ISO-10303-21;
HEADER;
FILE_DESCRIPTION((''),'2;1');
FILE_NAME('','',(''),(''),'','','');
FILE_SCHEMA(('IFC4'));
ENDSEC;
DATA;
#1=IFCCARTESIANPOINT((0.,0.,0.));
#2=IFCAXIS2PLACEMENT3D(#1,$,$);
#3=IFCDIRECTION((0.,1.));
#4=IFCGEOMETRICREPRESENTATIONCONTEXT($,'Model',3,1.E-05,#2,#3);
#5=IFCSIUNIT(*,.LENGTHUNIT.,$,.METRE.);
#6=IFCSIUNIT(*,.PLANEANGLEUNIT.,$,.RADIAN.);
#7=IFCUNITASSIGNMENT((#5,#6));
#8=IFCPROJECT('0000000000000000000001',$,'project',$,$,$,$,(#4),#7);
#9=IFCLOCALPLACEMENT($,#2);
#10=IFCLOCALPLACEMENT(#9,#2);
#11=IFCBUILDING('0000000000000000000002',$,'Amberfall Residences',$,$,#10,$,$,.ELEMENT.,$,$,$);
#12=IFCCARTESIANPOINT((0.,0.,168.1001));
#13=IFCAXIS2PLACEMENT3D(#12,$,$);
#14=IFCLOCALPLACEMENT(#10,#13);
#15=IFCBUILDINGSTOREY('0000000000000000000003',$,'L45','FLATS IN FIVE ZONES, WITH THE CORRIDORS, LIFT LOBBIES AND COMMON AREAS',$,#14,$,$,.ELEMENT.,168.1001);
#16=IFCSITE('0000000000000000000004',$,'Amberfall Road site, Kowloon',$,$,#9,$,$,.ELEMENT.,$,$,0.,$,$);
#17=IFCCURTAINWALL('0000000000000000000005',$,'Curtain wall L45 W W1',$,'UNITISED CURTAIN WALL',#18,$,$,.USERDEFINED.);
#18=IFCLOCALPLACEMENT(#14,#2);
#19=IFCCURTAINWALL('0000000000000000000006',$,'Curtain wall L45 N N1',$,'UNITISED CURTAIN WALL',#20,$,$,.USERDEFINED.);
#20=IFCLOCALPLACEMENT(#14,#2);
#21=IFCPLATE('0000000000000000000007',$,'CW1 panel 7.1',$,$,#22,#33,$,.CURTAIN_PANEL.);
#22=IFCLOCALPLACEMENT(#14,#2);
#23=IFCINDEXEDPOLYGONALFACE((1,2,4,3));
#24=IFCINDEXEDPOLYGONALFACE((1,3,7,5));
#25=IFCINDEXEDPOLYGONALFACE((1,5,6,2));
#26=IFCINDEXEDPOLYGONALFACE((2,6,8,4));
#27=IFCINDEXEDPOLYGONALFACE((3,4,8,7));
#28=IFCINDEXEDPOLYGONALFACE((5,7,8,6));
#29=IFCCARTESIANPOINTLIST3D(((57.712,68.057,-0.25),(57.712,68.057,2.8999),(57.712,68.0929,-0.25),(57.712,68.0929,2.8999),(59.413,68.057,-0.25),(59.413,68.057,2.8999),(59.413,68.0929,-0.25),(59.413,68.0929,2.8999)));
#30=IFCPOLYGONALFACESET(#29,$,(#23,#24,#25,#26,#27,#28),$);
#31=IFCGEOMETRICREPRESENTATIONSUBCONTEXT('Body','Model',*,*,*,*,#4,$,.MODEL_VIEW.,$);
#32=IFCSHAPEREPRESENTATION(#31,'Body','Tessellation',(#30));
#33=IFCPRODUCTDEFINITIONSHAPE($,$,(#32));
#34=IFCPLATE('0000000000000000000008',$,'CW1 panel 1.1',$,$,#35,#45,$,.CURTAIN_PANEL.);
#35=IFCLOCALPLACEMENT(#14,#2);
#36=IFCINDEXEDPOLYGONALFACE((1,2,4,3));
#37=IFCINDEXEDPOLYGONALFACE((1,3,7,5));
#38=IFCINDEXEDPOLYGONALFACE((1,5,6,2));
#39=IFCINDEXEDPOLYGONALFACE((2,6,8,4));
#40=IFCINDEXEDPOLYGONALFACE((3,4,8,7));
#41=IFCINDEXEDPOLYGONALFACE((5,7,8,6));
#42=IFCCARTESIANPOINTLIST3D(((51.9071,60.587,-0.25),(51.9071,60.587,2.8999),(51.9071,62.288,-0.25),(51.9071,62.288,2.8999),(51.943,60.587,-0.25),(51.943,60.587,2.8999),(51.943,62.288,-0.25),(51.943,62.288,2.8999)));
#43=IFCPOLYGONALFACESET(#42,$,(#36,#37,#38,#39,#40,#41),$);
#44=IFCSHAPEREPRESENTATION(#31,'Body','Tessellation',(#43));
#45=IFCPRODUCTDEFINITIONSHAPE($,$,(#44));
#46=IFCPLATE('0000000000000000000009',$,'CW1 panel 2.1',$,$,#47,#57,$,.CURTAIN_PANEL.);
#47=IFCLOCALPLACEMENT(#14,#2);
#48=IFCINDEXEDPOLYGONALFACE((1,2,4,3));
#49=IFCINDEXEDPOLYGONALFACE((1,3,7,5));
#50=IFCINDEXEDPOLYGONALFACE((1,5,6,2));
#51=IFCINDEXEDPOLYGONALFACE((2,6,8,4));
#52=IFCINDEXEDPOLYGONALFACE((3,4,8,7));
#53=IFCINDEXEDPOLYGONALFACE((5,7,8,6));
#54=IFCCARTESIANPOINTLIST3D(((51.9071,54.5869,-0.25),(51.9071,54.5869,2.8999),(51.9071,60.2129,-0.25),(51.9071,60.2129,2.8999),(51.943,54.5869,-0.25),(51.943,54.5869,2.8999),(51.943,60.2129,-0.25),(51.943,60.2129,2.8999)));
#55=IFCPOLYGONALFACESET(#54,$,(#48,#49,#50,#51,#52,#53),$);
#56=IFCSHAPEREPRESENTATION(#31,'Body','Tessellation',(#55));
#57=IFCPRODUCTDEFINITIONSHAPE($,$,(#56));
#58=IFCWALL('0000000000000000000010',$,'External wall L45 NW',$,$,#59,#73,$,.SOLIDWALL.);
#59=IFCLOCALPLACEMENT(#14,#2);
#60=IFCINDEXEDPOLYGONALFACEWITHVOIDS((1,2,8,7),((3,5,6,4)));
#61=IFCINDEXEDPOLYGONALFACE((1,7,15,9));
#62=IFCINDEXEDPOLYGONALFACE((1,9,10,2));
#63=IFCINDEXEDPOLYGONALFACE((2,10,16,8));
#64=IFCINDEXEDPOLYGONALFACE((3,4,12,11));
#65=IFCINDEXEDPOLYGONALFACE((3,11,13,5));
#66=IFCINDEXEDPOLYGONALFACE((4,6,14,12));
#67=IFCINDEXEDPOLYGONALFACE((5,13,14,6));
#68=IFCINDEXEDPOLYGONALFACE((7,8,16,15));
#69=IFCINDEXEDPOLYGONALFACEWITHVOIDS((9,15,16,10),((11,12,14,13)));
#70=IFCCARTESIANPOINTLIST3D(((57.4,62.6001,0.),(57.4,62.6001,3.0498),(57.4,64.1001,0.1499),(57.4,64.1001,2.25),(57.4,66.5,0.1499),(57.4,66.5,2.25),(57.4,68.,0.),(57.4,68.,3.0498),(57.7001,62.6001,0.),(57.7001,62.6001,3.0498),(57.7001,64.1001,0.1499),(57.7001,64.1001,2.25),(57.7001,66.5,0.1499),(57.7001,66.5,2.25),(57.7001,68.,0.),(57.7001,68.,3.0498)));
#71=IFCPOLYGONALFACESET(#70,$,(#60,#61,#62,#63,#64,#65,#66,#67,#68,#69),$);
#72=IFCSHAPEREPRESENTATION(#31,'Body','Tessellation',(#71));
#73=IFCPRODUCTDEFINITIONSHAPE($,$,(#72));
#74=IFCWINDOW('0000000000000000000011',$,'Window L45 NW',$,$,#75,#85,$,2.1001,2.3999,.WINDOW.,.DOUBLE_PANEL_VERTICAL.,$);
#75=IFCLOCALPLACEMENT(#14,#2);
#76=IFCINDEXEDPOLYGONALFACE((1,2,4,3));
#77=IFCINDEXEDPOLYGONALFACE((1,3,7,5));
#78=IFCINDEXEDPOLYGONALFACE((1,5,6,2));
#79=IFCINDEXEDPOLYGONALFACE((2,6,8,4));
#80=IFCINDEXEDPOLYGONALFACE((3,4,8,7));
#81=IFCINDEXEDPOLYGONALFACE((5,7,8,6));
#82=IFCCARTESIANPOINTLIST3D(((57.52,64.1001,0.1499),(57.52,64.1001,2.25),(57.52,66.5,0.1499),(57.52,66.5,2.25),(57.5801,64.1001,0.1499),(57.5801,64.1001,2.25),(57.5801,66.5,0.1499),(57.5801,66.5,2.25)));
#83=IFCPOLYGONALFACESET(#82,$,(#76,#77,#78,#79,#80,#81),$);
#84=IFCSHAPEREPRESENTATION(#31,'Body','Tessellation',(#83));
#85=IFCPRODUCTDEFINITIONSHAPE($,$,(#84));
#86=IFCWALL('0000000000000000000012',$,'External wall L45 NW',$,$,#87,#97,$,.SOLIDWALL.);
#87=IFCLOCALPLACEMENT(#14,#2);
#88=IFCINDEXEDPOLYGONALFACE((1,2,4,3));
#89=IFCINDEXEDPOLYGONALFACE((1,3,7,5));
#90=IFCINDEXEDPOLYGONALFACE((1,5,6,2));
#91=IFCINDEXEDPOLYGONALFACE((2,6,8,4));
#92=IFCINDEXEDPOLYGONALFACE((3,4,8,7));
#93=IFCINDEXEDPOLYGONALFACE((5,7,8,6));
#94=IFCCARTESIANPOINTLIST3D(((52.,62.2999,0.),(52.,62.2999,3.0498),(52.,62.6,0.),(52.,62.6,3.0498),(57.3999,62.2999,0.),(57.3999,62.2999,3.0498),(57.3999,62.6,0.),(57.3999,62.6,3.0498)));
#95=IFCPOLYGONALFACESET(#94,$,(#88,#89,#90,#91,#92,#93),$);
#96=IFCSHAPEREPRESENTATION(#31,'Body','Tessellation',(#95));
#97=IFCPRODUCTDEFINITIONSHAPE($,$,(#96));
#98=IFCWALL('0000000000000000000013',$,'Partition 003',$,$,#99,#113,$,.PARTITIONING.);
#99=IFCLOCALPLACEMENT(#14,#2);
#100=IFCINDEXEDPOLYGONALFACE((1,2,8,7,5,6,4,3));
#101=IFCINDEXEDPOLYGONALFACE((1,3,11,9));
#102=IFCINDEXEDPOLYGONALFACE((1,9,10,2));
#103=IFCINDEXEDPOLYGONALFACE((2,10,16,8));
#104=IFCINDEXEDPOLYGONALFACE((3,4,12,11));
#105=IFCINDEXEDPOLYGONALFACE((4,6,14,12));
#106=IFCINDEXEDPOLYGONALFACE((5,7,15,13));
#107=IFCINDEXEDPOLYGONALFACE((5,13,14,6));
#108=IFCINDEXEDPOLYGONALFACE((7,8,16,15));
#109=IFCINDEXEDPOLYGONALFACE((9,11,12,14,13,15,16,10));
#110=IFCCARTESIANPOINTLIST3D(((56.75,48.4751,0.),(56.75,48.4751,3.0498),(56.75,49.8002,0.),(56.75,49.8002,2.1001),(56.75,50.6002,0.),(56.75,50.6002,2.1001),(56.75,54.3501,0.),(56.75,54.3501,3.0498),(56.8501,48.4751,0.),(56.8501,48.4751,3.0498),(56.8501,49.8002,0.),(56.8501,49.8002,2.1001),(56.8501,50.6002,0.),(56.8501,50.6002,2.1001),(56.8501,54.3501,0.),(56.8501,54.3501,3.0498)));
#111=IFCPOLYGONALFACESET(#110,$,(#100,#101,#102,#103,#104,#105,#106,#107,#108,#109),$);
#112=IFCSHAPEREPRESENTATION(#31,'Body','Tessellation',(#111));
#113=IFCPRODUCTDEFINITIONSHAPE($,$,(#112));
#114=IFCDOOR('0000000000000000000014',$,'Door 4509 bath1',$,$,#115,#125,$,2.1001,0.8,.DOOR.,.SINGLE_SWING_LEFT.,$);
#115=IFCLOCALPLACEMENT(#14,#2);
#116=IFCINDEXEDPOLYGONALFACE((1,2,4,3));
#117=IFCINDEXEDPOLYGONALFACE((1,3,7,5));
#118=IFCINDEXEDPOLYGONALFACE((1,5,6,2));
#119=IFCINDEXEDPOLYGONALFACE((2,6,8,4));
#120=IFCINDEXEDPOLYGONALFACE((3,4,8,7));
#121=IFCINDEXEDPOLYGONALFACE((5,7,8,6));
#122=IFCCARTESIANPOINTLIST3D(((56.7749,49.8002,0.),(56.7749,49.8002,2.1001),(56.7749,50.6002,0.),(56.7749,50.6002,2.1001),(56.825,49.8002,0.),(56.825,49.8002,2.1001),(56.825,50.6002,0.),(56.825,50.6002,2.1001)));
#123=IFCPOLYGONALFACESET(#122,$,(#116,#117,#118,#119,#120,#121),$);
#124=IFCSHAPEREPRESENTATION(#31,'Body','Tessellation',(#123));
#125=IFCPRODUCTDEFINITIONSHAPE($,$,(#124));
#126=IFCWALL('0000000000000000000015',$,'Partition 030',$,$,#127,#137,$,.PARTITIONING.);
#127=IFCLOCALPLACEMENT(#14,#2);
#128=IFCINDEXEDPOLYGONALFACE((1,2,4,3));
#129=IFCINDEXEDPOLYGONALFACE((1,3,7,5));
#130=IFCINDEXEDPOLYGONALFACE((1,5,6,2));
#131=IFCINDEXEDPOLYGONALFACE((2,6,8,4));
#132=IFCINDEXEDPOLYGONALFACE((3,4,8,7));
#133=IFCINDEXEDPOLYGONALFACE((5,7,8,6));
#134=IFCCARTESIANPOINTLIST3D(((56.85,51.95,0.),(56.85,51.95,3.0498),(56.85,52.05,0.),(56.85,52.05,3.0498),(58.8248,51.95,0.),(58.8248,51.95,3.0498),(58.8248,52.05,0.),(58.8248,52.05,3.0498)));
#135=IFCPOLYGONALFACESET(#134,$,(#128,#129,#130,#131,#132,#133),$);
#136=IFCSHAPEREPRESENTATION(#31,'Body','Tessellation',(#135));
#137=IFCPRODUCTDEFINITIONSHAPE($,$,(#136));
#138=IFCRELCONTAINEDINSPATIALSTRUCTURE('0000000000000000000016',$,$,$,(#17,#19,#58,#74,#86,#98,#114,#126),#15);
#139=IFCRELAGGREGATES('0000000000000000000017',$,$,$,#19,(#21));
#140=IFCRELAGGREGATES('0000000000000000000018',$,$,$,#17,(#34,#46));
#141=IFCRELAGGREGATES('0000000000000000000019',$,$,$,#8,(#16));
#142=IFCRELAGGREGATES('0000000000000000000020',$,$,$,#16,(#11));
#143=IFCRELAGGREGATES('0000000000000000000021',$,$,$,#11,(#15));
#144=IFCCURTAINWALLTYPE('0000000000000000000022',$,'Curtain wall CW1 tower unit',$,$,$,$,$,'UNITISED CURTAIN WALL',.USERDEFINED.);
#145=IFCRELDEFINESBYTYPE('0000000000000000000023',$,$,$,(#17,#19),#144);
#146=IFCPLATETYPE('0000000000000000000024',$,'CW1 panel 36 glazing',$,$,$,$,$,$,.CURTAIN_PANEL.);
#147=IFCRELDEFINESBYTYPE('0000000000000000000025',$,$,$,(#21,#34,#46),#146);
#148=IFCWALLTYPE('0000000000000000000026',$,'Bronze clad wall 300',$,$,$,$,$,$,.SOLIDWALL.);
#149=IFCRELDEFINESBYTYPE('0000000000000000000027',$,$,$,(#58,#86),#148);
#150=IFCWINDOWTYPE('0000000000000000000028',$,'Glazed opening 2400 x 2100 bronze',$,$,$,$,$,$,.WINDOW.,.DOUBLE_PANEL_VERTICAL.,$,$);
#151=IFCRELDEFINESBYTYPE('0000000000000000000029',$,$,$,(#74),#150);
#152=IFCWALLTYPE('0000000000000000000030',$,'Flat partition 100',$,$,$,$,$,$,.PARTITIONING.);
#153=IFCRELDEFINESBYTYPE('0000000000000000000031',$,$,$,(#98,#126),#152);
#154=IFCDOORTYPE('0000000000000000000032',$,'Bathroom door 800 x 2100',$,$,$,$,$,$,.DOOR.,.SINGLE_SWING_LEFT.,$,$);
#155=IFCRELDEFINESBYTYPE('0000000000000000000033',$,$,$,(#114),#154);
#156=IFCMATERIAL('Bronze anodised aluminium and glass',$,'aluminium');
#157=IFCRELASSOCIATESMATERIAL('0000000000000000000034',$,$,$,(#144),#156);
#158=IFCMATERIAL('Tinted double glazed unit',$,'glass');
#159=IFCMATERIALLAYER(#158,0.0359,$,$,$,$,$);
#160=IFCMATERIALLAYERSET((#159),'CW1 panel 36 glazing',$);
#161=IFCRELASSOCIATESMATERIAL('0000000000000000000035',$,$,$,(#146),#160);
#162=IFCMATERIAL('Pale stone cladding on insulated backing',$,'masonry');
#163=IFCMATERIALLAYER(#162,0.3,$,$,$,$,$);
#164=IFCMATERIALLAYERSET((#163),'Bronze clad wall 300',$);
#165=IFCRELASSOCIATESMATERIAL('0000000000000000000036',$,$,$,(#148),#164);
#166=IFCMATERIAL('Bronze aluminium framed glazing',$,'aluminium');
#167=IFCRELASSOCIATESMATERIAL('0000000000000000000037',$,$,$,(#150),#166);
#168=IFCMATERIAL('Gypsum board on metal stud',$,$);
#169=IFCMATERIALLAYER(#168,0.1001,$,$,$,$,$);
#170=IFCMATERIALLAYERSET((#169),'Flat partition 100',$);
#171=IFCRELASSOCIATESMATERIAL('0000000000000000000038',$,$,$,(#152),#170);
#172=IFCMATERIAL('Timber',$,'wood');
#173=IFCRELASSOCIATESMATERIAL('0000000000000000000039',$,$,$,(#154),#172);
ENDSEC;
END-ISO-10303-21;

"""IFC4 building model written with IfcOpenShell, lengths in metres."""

from ifc_helpers import new_model, si_unit, direction, frame, frame_2d, origin, origin_2d, place, context, subcontext, project, spatial, rectangle, extrude, material, layer, layer_set, type_object, element, fill, aggregate, save


model = new_model("IFC4")

# Units and contexts
model_context = context("Model", 3, precision=1e-05, world=origin(), true_north=direction((0.0, 1.0)))
body_context = subcontext(model_context, "Body", "Model", "MODEL_VIEW")
ifc_project = project(units=[si_unit("LENGTHUNIT", "METRE"), si_unit("PLANEANGLEUNIT", "RADIAN")], contexts=[model_context])

# Site, building, storey
site_placement = place(None, origin())
site = spatial("IfcSite", under=ifc_project, at=site_placement, Name="Amberfall Road site, Kowloon", CompositionType="ELEMENT", RefElevation=0.0)
building_placement = place(site_placement, origin())
building = spatial("IfcBuilding", under=site, at=building_placement, Name="Amberfall Residences", CompositionType="ELEMENT")
storey_placement = place(building_placement, frame((0.0, 0.0, 168.1001)))
storey = spatial("IfcBuildingStorey", under=building, at=storey_placement, Name="L45", Description="FLATS IN FIVE ZONES, WITH THE CORRIDORS, LIFT LOBBIES AND COMMON AREAS", CompositionType="ELEMENT", Elevation=168.1001)

# Curtain wall
ifc_material_1 = material(Name="Bronze anodised aluminium and glass", Category="aluminium")
curtain_wall_type = type_object("IfcCurtainWallType", Name="Curtain wall CW1 tower unit", ElementType="UNITISED CURTAIN WALL", PredefinedType="USERDEFINED", material=ifc_material_1)
curtain_wall_1_placement = place(storey_placement, origin())
curtain_wall_1 = element("IfcCurtainWall", 1, at=curtain_wall_1_placement, inside=storey, type_object=curtain_wall_type, Name="Curtain wall L45 W W1", ObjectType="UNITISED CURTAIN WALL", PredefinedType="USERDEFINED")

# Curtain wall
curtain_wall_2_placement = place(storey_placement, origin())
curtain_wall_2 = element("IfcCurtainWall", 2, at=curtain_wall_2_placement, inside=storey, type_object=curtain_wall_type, Name="Curtain wall L45 N N1", ObjectType="UNITISED CURTAIN WALL", PredefinedType="USERDEFINED")

# Plates
ifc_material_2 = material(Name="Tinted double glazed unit", Category="glass")
ifc_layer_1 = layer(ifc_material_2, 0.0359)
ifc_layer_set_1 = layer_set([ifc_layer_1], Name="CW1 panel 36 glazing")
plate_type = type_object("IfcPlateType", Name="CW1 panel 36 glazing", PredefinedType="CURTAIN_PANEL", material=ifc_layer_set_1)
plate_1_placement = place(storey_placement, frame((58.5625, 68.075, -0.25), z_axis=(0.0, 0.0, 1.0), x_axis=(-1.0, 0.0, 0.0)))
plate_1 = element("IfcPlate", 3, at=plate_1_placement, type_object=plate_type, Name="CW1 panel 7.1", PredefinedType="CURTAIN_PANEL", context=body_context, shape_type="SweptSolid", body=[
    extrude(rectangle(XDim=1.7009, YDim=0.0359, at=origin_2d()), origin(), (0.0, 0.0, 1.0), 3.1499),
])
aggregate(curtain_wall_2, [plate_1])
plate_2_placement = place(storey_placement, frame((51.925, 61.4375, -0.25), z_axis=(0.0, 0.0, 1.0), x_axis=(0.0, -1.0, 0.0)))
plate_2 = element("IfcPlate", 4, at=plate_2_placement, type_object=plate_type, Name="CW1 panel 1.1", PredefinedType="CURTAIN_PANEL", context=body_context, shape_type="SweptSolid", body=[
    extrude(rectangle(XDim=1.7009, YDim=0.0359, at=origin_2d()), origin(), (0.0, 0.0, 1.0), 3.1499),
])
plate_3_placement = place(storey_placement, frame((51.925, 57.3999, -0.25), z_axis=(0.0, 0.0, 1.0), x_axis=(0.0, -1.0, 0.0)))
plate_3 = element("IfcPlate", 5, at=plate_3_placement, type_object=plate_type, Name="CW1 panel 2.1", PredefinedType="CURTAIN_PANEL", context=body_context, shape_type="SweptSolid", body=[
    extrude(rectangle(XDim=5.626, YDim=0.0359, at=origin_2d()), origin(), (0.0, 0.0, 1.0), 3.1499),
])
aggregate(curtain_wall_1, [plate_2, plate_3])

# Wall, opening, window
ifc_material_3 = material(Name="Pale stone cladding on insulated backing", Category="masonry")
ifc_layer_2 = layer(ifc_material_3, 0.3)
ifc_layer_set_2 = layer_set([ifc_layer_2], Name="Bronze clad wall 300")
wall_type_1 = type_object("IfcWallType", Name="Bronze clad wall 300", PredefinedType="SOLIDWALL", material=ifc_layer_set_2)
wall_1_placement = place(storey_placement, frame((57.55, 68.0, 0.0), z_axis=(0.0, 0.0, 1.0), x_axis=(0.0, -1.0, 0.0)))
wall_1 = element("IfcWall", 6, at=wall_1_placement, inside=storey, type_object=wall_type_1, Name="External wall L45 NW", PredefinedType="SOLIDWALL", context=body_context, shape_type="SweptSolid", body=[
    extrude(rectangle(XDim=5.3999, YDim=0.3, at=frame_2d((2.7, 0.0))), origin(), (0.0, 0.0, 1.0), 3.0498),
])
opening_1_placement = place(wall_1_placement, frame((1.5, 0.0, 0.1499)))
opening_1 = element("IfcOpeningElement", 7, at=opening_1_placement, cuts=wall_1, PredefinedType="OPENING", context=body_context, shape_type="SweptSolid", body=[
    extrude(rectangle(XDim=2.3999, YDim=2.1001, at=frame_2d((1.2, 1.05))), frame((0.0, 0.1599, 0.0), z_axis=(0.0, -1.0, 0.0), x_axis=(1.0, 0.0, 0.0)), (0.0, 0.0, 1.0), 0.3201),
])
ifc_material_4 = material(Name="Bronze aluminium framed glazing", Category="aluminium")
window_type = type_object("IfcWindowType", Name="Glazed opening 2400 x 2100 bronze", PartitioningType="DOUBLE_PANEL_VERTICAL", PredefinedType="WINDOW", material=ifc_material_4)
window_placement = place(opening_1_placement, origin())
window = element("IfcWindow", 8, at=window_placement, inside=storey, type_object=window_type, Name="Window L45 NW", OverallHeight=2.1001, OverallWidth=2.3999, PartitioningType="DOUBLE_PANEL_VERTICAL", PredefinedType="WINDOW", context=body_context, shape_type="SweptSolid", body=[
    extrude(rectangle(XDim=2.3999, YDim=2.1001, at=frame_2d((1.2, 1.05))), frame((0.0, 0.03, 0.0), z_axis=(0.0, -1.0, 0.0), x_axis=(1.0, 0.0, 0.0)), (0.0, 0.0, 1.0), 0.0601),
])
fill(opening_1, window)

# Wall
wall_2_placement = place(storey_placement, frame((57.3999, 62.45, 0.0), z_axis=(0.0, 0.0, 1.0), x_axis=(-1.0, 0.0, 0.0)))
element("IfcWall", 9, at=wall_2_placement, inside=storey, type_object=wall_type_1, Name="External wall L45 NW", PredefinedType="SOLIDWALL", context=body_context, shape_type="SweptSolid", body=[
    extrude(rectangle(XDim=5.3999, YDim=0.3, at=frame_2d((2.7, 0.0))), origin(), (0.0, 0.0, 1.0), 3.0498),
])

# Wall, opening, door
ifc_material_5 = material(Name="Gypsum board on metal stud")
ifc_layer_3 = layer(ifc_material_5, 0.1001)
ifc_layer_set_3 = layer_set([ifc_layer_3], Name="Flat partition 100")
wall_type_2 = type_object("IfcWallType", Name="Flat partition 100", PredefinedType="PARTITIONING", material=ifc_layer_set_3)
wall_3_placement = place(storey_placement, frame((56.8, 54.3501, 0.0), z_axis=(0.0, 0.0, 1.0), x_axis=(0.0, -1.0, 0.0)))
wall_3 = element("IfcWall", 10, at=wall_3_placement, inside=storey, type_object=wall_type_2, Name="Partition 003", PredefinedType="PARTITIONING", context=body_context, shape_type="SweptSolid", body=[
    extrude(rectangle(XDim=5.875, YDim=0.1001, at=frame_2d((2.9375, 0.0))), origin(), (0.0, 0.0, 1.0), 3.0498),
])
opening_2_placement = place(wall_3_placement, frame((3.75, 0.0, 0.0)))
opening_2 = element("IfcOpeningElement", 11, at=opening_2_placement, cuts=wall_3, PredefinedType="OPENING", context=body_context, shape_type="SweptSolid", body=[
    extrude(rectangle(XDim=0.8, YDim=2.1001, at=frame_2d((0.3999, 1.05))), frame((0.0, 0.0601, 0.0), z_axis=(0.0, -1.0, 0.0), x_axis=(1.0, 0.0, 0.0)), (0.0, 0.0, 1.0), 0.1201),
])
ifc_material_6 = material(Name="Timber", Category="wood")
door_type = type_object("IfcDoorType", Name="Bathroom door 800 x 2100", OperationType="SINGLE_SWING_LEFT", PredefinedType="DOOR", material=ifc_material_6)
door_placement = place(opening_2_placement, origin())
door = element("IfcDoor", 12, at=door_placement, inside=storey, type_object=door_type, Name="Door 4509 bath1", OperationType="SINGLE_SWING_LEFT", OverallHeight=2.1001, OverallWidth=0.8, PredefinedType="DOOR", context=body_context, shape_type="SweptSolid", body=[
    extrude(rectangle(XDim=0.8, YDim=2.1001, at=frame_2d((0.3999, 1.05))), frame((0.0, 0.0249, 0.0), z_axis=(0.0, -1.0, 0.0), x_axis=(1.0, 0.0, 0.0)), (0.0, 0.0, 1.0), 0.05),
])
fill(opening_2, door)

# Wall
wall_4_placement = place(storey_placement, frame((56.8501, 52.0, 0.0), z_axis=(0.0, 0.0, 1.0), x_axis=(1.0, 0.0, 0.0)))
element("IfcWall", 13, at=wall_4_placement, inside=storey, type_object=wall_type_2, Name="Partition 030", PredefinedType="PARTITIONING", context=body_context, shape_type="SweptSolid", body=[
    extrude(rectangle(XDim=1.9749, YDim=0.1001, at=frame_2d((0.9873, 0.0))), origin(), (0.0, 0.0, 1.0), 3.0498),
])

save(model, "model.ifc")
